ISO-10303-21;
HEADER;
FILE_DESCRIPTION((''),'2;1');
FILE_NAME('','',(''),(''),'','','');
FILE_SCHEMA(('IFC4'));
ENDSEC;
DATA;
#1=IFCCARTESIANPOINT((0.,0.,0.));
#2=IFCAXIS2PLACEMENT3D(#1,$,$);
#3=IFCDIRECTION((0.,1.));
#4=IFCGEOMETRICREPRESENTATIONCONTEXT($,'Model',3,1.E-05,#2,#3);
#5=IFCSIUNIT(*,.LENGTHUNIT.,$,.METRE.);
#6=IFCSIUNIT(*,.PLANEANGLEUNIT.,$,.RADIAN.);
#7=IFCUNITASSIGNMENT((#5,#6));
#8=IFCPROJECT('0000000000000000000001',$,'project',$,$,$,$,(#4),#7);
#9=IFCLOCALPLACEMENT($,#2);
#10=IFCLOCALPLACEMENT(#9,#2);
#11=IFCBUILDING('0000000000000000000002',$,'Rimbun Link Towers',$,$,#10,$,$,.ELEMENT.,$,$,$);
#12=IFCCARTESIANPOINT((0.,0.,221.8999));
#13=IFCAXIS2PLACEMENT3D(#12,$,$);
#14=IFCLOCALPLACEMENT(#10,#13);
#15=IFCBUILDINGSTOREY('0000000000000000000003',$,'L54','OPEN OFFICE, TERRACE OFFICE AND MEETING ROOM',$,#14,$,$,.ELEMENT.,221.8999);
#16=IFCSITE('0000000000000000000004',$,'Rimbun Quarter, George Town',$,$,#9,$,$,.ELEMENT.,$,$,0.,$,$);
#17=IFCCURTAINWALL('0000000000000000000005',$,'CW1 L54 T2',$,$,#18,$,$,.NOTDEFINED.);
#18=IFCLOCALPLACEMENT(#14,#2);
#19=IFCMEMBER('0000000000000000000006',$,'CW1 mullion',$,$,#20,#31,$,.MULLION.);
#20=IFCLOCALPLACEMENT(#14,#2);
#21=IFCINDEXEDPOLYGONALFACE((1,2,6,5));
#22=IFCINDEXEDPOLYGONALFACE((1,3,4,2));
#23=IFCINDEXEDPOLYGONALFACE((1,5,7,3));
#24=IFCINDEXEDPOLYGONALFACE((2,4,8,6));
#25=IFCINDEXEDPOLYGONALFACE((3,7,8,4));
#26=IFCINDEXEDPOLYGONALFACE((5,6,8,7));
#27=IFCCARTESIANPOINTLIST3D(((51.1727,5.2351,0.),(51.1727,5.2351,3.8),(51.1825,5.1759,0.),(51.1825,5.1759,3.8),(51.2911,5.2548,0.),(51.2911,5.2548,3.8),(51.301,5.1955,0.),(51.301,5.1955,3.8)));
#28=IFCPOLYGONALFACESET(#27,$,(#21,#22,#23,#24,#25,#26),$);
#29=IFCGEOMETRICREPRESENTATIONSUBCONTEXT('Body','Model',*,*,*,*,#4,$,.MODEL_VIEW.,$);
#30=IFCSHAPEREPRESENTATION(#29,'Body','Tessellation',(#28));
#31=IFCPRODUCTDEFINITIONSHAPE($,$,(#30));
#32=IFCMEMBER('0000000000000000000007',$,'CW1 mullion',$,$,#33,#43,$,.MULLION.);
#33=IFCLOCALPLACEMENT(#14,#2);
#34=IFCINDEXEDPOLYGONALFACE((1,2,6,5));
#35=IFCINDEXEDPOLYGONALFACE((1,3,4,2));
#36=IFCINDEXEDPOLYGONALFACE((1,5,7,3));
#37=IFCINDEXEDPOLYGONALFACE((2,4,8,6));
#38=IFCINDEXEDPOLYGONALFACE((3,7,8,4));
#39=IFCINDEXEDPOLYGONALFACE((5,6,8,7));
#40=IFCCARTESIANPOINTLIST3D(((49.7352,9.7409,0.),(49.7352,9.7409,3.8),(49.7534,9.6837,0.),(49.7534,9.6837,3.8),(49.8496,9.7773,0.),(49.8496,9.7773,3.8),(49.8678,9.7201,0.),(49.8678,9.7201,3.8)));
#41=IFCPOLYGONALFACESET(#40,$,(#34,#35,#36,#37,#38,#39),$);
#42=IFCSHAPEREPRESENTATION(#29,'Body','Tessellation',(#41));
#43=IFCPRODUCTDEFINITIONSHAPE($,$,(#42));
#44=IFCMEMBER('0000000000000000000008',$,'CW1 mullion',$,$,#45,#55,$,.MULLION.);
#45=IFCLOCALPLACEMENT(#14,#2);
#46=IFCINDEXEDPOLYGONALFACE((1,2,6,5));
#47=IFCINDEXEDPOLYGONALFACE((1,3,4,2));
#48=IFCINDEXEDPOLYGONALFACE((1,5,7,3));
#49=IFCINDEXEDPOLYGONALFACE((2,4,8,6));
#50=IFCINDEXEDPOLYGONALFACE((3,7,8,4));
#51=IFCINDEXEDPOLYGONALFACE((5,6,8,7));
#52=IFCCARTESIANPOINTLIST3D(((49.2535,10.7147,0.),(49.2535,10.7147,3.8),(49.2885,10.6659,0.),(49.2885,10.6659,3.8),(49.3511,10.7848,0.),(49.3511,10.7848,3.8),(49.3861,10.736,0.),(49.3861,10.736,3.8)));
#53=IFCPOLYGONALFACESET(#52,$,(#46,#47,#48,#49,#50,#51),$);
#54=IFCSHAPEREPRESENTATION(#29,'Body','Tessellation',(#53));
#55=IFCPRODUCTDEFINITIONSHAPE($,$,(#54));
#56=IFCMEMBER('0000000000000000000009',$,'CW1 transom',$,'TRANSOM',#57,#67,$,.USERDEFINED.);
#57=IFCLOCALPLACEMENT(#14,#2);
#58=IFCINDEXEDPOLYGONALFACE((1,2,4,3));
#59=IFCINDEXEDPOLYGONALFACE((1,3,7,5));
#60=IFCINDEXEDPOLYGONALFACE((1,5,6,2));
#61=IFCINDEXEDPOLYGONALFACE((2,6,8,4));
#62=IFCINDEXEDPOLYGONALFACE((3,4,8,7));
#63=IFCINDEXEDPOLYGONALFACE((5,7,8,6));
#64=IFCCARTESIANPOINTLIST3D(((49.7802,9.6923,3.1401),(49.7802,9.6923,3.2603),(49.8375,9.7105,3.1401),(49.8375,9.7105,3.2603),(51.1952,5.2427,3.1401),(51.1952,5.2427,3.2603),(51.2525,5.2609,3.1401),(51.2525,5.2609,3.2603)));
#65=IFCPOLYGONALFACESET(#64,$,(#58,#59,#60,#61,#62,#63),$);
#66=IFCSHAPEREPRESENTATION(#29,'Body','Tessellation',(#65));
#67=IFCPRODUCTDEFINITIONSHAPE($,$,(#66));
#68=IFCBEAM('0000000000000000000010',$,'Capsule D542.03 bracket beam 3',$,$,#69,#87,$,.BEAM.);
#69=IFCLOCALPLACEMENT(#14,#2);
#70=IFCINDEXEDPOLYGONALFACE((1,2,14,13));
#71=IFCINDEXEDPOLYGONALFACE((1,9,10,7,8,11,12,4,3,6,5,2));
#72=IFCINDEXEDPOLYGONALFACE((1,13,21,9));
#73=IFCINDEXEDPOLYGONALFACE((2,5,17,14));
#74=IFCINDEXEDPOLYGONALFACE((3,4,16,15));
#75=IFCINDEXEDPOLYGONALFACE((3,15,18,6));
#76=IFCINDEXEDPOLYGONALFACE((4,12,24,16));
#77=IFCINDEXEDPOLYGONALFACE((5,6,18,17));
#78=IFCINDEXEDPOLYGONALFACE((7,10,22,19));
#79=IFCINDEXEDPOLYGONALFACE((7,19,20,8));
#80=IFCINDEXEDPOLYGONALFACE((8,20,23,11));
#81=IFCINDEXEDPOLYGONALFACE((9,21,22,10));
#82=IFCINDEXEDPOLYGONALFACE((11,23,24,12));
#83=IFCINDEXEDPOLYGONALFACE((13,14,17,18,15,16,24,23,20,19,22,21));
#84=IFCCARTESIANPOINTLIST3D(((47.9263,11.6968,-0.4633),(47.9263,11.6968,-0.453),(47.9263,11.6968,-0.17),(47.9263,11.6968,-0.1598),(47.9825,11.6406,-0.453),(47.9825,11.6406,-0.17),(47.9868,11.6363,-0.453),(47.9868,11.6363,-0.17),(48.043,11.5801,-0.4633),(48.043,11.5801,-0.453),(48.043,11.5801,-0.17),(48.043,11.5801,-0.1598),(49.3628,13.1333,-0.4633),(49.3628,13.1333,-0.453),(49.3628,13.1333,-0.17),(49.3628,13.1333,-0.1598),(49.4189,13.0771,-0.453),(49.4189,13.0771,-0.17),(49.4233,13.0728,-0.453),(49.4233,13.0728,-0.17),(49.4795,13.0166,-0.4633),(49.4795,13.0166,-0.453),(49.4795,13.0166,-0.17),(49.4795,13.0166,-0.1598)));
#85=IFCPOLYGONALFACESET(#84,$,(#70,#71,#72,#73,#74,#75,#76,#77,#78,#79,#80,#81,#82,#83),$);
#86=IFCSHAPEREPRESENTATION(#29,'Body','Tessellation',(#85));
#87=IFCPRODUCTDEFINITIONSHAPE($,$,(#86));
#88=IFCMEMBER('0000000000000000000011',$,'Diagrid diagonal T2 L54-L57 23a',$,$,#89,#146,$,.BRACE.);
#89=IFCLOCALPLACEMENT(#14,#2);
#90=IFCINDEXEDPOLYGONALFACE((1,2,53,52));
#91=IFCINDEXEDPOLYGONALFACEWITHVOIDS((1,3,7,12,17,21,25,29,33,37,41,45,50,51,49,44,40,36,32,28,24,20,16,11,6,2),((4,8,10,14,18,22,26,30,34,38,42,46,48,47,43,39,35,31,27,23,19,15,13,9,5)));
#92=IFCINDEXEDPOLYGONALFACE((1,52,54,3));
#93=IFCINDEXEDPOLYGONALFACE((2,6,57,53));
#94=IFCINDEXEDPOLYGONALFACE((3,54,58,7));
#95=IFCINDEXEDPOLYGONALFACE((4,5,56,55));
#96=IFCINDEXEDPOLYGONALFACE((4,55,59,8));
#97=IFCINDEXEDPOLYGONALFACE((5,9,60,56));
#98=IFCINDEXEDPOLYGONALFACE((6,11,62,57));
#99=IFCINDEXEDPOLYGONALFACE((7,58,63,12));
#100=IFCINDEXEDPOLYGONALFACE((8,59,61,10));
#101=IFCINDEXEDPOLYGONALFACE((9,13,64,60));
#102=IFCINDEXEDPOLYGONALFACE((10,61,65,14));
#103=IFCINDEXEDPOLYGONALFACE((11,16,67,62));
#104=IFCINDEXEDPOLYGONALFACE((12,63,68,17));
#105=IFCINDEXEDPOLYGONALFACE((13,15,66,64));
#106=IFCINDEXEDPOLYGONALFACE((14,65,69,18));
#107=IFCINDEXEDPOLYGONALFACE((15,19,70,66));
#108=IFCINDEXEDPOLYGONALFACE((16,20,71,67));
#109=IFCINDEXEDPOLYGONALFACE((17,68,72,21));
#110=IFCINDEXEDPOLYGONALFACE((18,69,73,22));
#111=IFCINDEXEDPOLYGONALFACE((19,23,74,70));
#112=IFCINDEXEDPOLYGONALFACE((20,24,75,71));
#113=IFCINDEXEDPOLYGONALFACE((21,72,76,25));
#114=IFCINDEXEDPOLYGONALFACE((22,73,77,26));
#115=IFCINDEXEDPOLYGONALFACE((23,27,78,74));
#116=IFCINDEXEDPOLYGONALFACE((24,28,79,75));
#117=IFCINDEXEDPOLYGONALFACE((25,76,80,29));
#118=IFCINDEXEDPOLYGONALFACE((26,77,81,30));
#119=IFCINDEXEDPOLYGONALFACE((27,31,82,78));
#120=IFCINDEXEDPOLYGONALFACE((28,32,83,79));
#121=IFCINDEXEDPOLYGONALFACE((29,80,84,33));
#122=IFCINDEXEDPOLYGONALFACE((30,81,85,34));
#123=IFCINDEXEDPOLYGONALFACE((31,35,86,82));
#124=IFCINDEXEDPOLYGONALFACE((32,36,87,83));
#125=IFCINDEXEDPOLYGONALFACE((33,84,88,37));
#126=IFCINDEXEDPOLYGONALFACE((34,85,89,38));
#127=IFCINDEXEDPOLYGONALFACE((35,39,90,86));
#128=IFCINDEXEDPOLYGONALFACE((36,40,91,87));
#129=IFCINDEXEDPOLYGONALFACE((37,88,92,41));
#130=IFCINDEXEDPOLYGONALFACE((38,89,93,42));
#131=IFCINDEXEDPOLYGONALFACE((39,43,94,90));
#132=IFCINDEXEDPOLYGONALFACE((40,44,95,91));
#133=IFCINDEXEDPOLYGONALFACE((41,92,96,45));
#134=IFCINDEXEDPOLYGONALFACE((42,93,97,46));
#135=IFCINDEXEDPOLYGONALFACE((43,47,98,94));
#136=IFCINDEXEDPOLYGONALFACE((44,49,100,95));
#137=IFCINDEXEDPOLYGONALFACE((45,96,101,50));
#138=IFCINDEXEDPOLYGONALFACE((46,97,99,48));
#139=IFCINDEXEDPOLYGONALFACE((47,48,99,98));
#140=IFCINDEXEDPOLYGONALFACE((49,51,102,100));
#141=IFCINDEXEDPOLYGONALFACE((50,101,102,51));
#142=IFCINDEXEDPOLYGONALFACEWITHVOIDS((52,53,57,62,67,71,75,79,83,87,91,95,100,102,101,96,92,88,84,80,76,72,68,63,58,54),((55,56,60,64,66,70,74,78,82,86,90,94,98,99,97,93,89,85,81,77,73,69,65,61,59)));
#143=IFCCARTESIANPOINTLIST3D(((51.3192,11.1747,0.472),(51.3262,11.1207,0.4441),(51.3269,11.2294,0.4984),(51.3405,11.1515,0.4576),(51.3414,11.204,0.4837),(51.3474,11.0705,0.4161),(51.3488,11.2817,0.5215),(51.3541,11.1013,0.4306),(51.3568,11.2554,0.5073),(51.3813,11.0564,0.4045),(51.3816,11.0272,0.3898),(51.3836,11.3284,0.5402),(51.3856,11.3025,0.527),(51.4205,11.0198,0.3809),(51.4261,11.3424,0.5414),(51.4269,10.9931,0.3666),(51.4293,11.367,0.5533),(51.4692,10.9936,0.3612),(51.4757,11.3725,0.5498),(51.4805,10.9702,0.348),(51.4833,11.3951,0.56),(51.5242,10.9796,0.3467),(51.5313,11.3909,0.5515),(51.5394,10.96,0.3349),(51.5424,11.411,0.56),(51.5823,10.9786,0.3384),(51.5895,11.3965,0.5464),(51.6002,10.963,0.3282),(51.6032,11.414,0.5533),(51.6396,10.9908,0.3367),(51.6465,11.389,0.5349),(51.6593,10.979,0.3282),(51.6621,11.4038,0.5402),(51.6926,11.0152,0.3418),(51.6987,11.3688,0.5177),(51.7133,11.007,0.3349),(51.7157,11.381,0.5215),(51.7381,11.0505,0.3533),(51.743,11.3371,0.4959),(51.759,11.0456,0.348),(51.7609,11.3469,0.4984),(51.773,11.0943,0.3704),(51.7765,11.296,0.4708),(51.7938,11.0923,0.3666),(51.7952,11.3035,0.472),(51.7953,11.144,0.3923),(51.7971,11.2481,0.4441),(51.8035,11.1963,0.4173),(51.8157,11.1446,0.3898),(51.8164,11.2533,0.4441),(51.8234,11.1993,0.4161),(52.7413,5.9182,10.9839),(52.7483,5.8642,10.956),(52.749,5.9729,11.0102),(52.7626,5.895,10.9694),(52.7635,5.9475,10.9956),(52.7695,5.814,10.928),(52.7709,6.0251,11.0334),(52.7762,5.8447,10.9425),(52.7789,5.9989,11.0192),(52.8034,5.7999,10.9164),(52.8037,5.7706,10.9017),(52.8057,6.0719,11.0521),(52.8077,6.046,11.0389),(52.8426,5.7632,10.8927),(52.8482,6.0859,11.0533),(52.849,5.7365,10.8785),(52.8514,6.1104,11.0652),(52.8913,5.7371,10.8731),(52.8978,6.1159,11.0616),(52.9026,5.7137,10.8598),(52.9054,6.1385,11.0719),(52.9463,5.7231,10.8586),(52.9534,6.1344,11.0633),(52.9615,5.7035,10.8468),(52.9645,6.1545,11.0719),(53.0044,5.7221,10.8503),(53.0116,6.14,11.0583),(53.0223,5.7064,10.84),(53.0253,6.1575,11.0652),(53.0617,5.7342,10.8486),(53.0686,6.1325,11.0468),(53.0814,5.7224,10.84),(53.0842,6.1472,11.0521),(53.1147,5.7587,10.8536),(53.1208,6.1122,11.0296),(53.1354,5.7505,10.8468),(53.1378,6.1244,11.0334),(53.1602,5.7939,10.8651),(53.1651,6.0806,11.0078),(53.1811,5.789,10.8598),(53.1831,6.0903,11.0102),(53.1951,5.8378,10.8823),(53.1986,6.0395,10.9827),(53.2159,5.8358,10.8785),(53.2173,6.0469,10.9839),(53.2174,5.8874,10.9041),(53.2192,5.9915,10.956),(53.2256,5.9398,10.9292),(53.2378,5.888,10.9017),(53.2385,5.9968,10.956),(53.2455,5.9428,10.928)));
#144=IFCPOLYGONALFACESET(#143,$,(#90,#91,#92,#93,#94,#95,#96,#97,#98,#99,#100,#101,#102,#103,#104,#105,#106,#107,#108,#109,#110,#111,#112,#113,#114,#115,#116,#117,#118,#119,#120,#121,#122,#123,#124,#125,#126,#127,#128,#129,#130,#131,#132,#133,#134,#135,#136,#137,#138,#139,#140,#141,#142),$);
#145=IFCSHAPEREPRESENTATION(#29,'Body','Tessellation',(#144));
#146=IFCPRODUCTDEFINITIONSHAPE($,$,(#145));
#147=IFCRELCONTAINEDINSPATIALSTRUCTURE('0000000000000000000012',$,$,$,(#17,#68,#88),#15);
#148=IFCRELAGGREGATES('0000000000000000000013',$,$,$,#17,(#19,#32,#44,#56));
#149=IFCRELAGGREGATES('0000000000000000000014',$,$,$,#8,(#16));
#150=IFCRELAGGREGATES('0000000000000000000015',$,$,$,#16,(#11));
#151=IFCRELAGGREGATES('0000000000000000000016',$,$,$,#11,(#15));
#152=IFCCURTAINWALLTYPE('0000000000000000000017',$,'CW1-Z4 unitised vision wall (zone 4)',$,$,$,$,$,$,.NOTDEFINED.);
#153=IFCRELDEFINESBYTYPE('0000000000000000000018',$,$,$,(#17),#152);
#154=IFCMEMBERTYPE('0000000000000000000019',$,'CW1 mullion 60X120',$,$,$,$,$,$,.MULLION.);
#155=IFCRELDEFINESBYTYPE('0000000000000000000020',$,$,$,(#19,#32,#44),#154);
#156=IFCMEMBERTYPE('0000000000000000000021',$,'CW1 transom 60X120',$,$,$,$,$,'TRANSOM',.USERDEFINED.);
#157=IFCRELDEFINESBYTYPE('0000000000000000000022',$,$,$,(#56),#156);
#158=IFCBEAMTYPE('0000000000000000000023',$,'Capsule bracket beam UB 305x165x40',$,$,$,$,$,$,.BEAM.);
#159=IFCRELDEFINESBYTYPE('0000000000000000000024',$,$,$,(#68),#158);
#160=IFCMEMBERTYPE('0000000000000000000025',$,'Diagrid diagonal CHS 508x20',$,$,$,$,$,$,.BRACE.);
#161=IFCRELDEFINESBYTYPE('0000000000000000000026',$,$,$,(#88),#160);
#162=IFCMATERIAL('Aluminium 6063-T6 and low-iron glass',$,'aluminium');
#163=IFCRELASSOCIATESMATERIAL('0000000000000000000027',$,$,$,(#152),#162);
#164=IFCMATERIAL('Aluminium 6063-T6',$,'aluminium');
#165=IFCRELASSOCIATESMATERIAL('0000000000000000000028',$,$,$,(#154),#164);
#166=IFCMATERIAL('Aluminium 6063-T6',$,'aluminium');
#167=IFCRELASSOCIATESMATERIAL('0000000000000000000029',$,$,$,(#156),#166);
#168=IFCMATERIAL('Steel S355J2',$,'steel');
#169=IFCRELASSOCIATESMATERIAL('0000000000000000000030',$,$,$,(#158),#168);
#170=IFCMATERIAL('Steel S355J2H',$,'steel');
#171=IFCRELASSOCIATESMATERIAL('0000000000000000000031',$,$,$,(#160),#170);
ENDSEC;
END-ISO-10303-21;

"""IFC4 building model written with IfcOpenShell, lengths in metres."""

from ifc_helpers import new_model, si_unit, direction, frame, origin, origin_2d, place, context, subcontext, project, spatial, rectangle, hollow_circle, i_section, extrude, material, material_profile, profile_set, type_object, element, aggregate, save


model = new_model("IFC4")

# Units and contexts
model_context = context("Model", 3, precision=1e-05, world=origin(), true_north=direction((0.0, 1.0)))
body_context = subcontext(model_context, "Body", "Model", "MODEL_VIEW")
ifc_project = project(units=[si_unit("LENGTHUNIT", "METRE"), si_unit("PLANEANGLEUNIT", "RADIAN")], contexts=[model_context])

# Site, building, storey
site_placement = place(None, origin())
site = spatial("IfcSite", under=ifc_project, at=site_placement, Name="Rimbun Quarter, George Town", CompositionType="ELEMENT", RefElevation=0.0)
building_placement = place(site_placement, origin())
building = spatial("IfcBuilding", under=site, at=building_placement, Name="Rimbun Link Towers", CompositionType="ELEMENT")
storey_placement = place(building_placement, frame((0.0, 0.0, 221.8999)))
storey = spatial("IfcBuildingStorey", under=building, at=storey_placement, Name="L54", Description="OPEN OFFICE, TERRACE OFFICE AND MEETING ROOM", CompositionType="ELEMENT", Elevation=221.8999)

# Curtain wall, members
ifc_material_1 = material(Name="Aluminium 6063-T6 and low-iron glass", Category="aluminium")
curtain_wall_type = type_object("IfcCurtainWallType", Name="CW1-Z4 unitised vision wall (zone 4)", PredefinedType="NOTDEFINED", material=ifc_material_1)
curtain_wall_placement = place(storey_placement, origin())
curtain_wall = element("IfcCurtainWall", 1, at=curtain_wall_placement, inside=storey, type_object=curtain_wall_type, Name="CW1 L54 T2", PredefinedType="NOTDEFINED")
ifc_material_2 = material(Name="Aluminium 6063-T6", Category="aluminium")
ifc_material_profile_1 = material_profile(ifc_material_2, rectangle(XDim=0.1201, YDim=0.0601, at=origin_2d()), Name="MULLION 60X120")
ifc_profile_set_1 = profile_set([ifc_material_profile_1], Name="Aluminium 6063-T6")
member_type_1 = type_object("IfcMemberType", Name="CW1 mullion 60X120", PredefinedType="MULLION", material=ifc_profile_set_1)
member_1_placement = place(storey_placement, frame((51.2368, 5.2153, 0.0), z_axis=(0.0, 0.0, 1.0), x_axis=(0.986503, 0.163742, 0.0)))
member_1 = element("IfcMember", 2, at=member_1_placement, type_object=member_type_1, Name="CW1 mullion", PredefinedType="MULLION", context=body_context, shape_type="SweptSolid", body=[
    extrude(rectangle(XDim=0.1201, YDim=0.0601, at=origin_2d()), origin(), (0.0, 0.0, 1.0), 3.8),
])
member_2_placement = place(storey_placement, frame((49.8015, 9.7305, 0.0), z_axis=(0.0, 0.0, 1.0), x_axis=(0.952974, 0.303053, 0.0)))
member_2 = element("IfcMember", 3, at=member_2_placement, type_object=member_type_1, Name="CW1 mullion", PredefinedType="MULLION", context=body_context, shape_type="SweptSolid", body=[
    extrude(rectangle(XDim=0.1201, YDim=0.0601, at=origin_2d()), origin(), (0.0, 0.0, 1.0), 3.8),
])
member_3_placement = place(storey_placement, frame((49.3198, 10.7253, 0.0), z_axis=(0.0, 0.0, 1.0), x_axis=(0.812465, 0.583009, 0.0)))
member_3 = element("IfcMember", 4, at=member_3_placement, type_object=member_type_1, Name="CW1 mullion", PredefinedType="MULLION", context=body_context, shape_type="SweptSolid", body=[
    extrude(rectangle(XDim=0.1201, YDim=0.0601, at=origin_2d()), origin(), (0.0, 0.0, 1.0), 3.8),
])
ifc_material_3 = material(Name="Aluminium 6063-T6", Category="aluminium")
ifc_material_profile_2 = material_profile(ifc_material_3, rectangle(XDim=0.0601, YDim=0.1201, at=origin_2d()), Name="TRANSOM 60X120")
ifc_profile_set_2 = profile_set([ifc_material_profile_2], Name="Aluminium 6063-T6")
member_type_2 = type_object("IfcMemberType", Name="CW1 transom 60X120", ElementType="TRANSOM", PredefinedType="USERDEFINED", material=ifc_profile_set_2)
member_4_placement = place(storey_placement, frame((49.8088, 9.7014, 3.2002), z_axis=(0.303053, -0.952974, 0.0), x_axis=(0.952974, 0.303053, 0.0)))
member_4 = element("IfcMember", 5, at=member_4_placement, type_object=member_type_2, Name="CW1 transom", ObjectType="TRANSOM", PredefinedType="USERDEFINED", context=body_context, shape_type="SweptSolid", body=[
    extrude(rectangle(XDim=0.0601, YDim=0.1201, at=origin_2d()), origin(), (0.0, 0.0, 1.0), 4.6692),
])

# Beam
ifc_material_4 = material(Name="Steel S355J2", Category="steel")
ifc_material_profile_3 = material_profile(ifc_material_4, i_section(OverallWidth=0.165, OverallDepth=0.3035, WebThickness=0.0061, FlangeThickness=0.0103, at=origin_2d()), Name="UB 305x165x40")
ifc_profile_set_3 = profile_set([ifc_material_profile_3], Name="Steel S355J2")
beam_type_1 = type_object("IfcBeamType", Name="Capsule bracket beam UB 305x165x40", PredefinedType="BEAM", material=ifc_profile_set_3)
beam_1_placement = place(storey_placement, frame((47.9846, 11.6384, -0.3115), z_axis=(0.707107, 0.707107, 0.0), x_axis=(-0.707107, 0.707107, 0.0)))
element("IfcBeam", 6, at=beam_1_placement, inside=storey, type_object=beam_type_1, Name="Capsule D542.03 bracket beam 3", PredefinedType="BEAM", context=body_context, shape_type="SweptSolid", body=[
    extrude(i_section(OverallWidth=0.165, OverallDepth=0.3035, WebThickness=0.0061, FlangeThickness=0.0103, at=origin_2d()), origin(), (0.0, 0.0, 1.0), 2.0315),
])

# Member
ifc_material_5 = material(Name="Steel S355J2H", Category="steel")
ifc_material_profile_4 = material_profile(ifc_material_5, hollow_circle(Radius=0.2539, WallThickness=0.02, at=origin_2d()), Name="Diagrid diagonal CHS 508x20")
ifc_profile_set_4 = profile_set([ifc_material_profile_4], Name="Steel S355J2H")
member_type_3 = type_object("IfcMemberType", Name="Diagrid diagonal CHS 508x20", PredefinedType="BRACE", material=ifc_profile_set_4)
member_5_placement = place(storey_placement, frame((51.5713, 11.187, 0.4441), z_axis=(0.120124, -0.444017, 0.88793), x_axis=(0.965298, 0.261152, 0.0)))
element("IfcMember", 7, at=member_5_placement, inside=storey, type_object=member_type_3, Name="Diagrid diagonal T2 L54-L57 23a", PredefinedType="BRACE", context=body_context, shape_type="SweptSolid", body=[
    extrude(hollow_circle(Radius=0.2539, WallThickness=0.02, at=origin_2d()), origin(), (0.0, 0.0, 1.0), 11.8386),
])

aggregate(curtain_wall, [member_1, member_2, member_3, member_4])

save(model, "model.ifc")
